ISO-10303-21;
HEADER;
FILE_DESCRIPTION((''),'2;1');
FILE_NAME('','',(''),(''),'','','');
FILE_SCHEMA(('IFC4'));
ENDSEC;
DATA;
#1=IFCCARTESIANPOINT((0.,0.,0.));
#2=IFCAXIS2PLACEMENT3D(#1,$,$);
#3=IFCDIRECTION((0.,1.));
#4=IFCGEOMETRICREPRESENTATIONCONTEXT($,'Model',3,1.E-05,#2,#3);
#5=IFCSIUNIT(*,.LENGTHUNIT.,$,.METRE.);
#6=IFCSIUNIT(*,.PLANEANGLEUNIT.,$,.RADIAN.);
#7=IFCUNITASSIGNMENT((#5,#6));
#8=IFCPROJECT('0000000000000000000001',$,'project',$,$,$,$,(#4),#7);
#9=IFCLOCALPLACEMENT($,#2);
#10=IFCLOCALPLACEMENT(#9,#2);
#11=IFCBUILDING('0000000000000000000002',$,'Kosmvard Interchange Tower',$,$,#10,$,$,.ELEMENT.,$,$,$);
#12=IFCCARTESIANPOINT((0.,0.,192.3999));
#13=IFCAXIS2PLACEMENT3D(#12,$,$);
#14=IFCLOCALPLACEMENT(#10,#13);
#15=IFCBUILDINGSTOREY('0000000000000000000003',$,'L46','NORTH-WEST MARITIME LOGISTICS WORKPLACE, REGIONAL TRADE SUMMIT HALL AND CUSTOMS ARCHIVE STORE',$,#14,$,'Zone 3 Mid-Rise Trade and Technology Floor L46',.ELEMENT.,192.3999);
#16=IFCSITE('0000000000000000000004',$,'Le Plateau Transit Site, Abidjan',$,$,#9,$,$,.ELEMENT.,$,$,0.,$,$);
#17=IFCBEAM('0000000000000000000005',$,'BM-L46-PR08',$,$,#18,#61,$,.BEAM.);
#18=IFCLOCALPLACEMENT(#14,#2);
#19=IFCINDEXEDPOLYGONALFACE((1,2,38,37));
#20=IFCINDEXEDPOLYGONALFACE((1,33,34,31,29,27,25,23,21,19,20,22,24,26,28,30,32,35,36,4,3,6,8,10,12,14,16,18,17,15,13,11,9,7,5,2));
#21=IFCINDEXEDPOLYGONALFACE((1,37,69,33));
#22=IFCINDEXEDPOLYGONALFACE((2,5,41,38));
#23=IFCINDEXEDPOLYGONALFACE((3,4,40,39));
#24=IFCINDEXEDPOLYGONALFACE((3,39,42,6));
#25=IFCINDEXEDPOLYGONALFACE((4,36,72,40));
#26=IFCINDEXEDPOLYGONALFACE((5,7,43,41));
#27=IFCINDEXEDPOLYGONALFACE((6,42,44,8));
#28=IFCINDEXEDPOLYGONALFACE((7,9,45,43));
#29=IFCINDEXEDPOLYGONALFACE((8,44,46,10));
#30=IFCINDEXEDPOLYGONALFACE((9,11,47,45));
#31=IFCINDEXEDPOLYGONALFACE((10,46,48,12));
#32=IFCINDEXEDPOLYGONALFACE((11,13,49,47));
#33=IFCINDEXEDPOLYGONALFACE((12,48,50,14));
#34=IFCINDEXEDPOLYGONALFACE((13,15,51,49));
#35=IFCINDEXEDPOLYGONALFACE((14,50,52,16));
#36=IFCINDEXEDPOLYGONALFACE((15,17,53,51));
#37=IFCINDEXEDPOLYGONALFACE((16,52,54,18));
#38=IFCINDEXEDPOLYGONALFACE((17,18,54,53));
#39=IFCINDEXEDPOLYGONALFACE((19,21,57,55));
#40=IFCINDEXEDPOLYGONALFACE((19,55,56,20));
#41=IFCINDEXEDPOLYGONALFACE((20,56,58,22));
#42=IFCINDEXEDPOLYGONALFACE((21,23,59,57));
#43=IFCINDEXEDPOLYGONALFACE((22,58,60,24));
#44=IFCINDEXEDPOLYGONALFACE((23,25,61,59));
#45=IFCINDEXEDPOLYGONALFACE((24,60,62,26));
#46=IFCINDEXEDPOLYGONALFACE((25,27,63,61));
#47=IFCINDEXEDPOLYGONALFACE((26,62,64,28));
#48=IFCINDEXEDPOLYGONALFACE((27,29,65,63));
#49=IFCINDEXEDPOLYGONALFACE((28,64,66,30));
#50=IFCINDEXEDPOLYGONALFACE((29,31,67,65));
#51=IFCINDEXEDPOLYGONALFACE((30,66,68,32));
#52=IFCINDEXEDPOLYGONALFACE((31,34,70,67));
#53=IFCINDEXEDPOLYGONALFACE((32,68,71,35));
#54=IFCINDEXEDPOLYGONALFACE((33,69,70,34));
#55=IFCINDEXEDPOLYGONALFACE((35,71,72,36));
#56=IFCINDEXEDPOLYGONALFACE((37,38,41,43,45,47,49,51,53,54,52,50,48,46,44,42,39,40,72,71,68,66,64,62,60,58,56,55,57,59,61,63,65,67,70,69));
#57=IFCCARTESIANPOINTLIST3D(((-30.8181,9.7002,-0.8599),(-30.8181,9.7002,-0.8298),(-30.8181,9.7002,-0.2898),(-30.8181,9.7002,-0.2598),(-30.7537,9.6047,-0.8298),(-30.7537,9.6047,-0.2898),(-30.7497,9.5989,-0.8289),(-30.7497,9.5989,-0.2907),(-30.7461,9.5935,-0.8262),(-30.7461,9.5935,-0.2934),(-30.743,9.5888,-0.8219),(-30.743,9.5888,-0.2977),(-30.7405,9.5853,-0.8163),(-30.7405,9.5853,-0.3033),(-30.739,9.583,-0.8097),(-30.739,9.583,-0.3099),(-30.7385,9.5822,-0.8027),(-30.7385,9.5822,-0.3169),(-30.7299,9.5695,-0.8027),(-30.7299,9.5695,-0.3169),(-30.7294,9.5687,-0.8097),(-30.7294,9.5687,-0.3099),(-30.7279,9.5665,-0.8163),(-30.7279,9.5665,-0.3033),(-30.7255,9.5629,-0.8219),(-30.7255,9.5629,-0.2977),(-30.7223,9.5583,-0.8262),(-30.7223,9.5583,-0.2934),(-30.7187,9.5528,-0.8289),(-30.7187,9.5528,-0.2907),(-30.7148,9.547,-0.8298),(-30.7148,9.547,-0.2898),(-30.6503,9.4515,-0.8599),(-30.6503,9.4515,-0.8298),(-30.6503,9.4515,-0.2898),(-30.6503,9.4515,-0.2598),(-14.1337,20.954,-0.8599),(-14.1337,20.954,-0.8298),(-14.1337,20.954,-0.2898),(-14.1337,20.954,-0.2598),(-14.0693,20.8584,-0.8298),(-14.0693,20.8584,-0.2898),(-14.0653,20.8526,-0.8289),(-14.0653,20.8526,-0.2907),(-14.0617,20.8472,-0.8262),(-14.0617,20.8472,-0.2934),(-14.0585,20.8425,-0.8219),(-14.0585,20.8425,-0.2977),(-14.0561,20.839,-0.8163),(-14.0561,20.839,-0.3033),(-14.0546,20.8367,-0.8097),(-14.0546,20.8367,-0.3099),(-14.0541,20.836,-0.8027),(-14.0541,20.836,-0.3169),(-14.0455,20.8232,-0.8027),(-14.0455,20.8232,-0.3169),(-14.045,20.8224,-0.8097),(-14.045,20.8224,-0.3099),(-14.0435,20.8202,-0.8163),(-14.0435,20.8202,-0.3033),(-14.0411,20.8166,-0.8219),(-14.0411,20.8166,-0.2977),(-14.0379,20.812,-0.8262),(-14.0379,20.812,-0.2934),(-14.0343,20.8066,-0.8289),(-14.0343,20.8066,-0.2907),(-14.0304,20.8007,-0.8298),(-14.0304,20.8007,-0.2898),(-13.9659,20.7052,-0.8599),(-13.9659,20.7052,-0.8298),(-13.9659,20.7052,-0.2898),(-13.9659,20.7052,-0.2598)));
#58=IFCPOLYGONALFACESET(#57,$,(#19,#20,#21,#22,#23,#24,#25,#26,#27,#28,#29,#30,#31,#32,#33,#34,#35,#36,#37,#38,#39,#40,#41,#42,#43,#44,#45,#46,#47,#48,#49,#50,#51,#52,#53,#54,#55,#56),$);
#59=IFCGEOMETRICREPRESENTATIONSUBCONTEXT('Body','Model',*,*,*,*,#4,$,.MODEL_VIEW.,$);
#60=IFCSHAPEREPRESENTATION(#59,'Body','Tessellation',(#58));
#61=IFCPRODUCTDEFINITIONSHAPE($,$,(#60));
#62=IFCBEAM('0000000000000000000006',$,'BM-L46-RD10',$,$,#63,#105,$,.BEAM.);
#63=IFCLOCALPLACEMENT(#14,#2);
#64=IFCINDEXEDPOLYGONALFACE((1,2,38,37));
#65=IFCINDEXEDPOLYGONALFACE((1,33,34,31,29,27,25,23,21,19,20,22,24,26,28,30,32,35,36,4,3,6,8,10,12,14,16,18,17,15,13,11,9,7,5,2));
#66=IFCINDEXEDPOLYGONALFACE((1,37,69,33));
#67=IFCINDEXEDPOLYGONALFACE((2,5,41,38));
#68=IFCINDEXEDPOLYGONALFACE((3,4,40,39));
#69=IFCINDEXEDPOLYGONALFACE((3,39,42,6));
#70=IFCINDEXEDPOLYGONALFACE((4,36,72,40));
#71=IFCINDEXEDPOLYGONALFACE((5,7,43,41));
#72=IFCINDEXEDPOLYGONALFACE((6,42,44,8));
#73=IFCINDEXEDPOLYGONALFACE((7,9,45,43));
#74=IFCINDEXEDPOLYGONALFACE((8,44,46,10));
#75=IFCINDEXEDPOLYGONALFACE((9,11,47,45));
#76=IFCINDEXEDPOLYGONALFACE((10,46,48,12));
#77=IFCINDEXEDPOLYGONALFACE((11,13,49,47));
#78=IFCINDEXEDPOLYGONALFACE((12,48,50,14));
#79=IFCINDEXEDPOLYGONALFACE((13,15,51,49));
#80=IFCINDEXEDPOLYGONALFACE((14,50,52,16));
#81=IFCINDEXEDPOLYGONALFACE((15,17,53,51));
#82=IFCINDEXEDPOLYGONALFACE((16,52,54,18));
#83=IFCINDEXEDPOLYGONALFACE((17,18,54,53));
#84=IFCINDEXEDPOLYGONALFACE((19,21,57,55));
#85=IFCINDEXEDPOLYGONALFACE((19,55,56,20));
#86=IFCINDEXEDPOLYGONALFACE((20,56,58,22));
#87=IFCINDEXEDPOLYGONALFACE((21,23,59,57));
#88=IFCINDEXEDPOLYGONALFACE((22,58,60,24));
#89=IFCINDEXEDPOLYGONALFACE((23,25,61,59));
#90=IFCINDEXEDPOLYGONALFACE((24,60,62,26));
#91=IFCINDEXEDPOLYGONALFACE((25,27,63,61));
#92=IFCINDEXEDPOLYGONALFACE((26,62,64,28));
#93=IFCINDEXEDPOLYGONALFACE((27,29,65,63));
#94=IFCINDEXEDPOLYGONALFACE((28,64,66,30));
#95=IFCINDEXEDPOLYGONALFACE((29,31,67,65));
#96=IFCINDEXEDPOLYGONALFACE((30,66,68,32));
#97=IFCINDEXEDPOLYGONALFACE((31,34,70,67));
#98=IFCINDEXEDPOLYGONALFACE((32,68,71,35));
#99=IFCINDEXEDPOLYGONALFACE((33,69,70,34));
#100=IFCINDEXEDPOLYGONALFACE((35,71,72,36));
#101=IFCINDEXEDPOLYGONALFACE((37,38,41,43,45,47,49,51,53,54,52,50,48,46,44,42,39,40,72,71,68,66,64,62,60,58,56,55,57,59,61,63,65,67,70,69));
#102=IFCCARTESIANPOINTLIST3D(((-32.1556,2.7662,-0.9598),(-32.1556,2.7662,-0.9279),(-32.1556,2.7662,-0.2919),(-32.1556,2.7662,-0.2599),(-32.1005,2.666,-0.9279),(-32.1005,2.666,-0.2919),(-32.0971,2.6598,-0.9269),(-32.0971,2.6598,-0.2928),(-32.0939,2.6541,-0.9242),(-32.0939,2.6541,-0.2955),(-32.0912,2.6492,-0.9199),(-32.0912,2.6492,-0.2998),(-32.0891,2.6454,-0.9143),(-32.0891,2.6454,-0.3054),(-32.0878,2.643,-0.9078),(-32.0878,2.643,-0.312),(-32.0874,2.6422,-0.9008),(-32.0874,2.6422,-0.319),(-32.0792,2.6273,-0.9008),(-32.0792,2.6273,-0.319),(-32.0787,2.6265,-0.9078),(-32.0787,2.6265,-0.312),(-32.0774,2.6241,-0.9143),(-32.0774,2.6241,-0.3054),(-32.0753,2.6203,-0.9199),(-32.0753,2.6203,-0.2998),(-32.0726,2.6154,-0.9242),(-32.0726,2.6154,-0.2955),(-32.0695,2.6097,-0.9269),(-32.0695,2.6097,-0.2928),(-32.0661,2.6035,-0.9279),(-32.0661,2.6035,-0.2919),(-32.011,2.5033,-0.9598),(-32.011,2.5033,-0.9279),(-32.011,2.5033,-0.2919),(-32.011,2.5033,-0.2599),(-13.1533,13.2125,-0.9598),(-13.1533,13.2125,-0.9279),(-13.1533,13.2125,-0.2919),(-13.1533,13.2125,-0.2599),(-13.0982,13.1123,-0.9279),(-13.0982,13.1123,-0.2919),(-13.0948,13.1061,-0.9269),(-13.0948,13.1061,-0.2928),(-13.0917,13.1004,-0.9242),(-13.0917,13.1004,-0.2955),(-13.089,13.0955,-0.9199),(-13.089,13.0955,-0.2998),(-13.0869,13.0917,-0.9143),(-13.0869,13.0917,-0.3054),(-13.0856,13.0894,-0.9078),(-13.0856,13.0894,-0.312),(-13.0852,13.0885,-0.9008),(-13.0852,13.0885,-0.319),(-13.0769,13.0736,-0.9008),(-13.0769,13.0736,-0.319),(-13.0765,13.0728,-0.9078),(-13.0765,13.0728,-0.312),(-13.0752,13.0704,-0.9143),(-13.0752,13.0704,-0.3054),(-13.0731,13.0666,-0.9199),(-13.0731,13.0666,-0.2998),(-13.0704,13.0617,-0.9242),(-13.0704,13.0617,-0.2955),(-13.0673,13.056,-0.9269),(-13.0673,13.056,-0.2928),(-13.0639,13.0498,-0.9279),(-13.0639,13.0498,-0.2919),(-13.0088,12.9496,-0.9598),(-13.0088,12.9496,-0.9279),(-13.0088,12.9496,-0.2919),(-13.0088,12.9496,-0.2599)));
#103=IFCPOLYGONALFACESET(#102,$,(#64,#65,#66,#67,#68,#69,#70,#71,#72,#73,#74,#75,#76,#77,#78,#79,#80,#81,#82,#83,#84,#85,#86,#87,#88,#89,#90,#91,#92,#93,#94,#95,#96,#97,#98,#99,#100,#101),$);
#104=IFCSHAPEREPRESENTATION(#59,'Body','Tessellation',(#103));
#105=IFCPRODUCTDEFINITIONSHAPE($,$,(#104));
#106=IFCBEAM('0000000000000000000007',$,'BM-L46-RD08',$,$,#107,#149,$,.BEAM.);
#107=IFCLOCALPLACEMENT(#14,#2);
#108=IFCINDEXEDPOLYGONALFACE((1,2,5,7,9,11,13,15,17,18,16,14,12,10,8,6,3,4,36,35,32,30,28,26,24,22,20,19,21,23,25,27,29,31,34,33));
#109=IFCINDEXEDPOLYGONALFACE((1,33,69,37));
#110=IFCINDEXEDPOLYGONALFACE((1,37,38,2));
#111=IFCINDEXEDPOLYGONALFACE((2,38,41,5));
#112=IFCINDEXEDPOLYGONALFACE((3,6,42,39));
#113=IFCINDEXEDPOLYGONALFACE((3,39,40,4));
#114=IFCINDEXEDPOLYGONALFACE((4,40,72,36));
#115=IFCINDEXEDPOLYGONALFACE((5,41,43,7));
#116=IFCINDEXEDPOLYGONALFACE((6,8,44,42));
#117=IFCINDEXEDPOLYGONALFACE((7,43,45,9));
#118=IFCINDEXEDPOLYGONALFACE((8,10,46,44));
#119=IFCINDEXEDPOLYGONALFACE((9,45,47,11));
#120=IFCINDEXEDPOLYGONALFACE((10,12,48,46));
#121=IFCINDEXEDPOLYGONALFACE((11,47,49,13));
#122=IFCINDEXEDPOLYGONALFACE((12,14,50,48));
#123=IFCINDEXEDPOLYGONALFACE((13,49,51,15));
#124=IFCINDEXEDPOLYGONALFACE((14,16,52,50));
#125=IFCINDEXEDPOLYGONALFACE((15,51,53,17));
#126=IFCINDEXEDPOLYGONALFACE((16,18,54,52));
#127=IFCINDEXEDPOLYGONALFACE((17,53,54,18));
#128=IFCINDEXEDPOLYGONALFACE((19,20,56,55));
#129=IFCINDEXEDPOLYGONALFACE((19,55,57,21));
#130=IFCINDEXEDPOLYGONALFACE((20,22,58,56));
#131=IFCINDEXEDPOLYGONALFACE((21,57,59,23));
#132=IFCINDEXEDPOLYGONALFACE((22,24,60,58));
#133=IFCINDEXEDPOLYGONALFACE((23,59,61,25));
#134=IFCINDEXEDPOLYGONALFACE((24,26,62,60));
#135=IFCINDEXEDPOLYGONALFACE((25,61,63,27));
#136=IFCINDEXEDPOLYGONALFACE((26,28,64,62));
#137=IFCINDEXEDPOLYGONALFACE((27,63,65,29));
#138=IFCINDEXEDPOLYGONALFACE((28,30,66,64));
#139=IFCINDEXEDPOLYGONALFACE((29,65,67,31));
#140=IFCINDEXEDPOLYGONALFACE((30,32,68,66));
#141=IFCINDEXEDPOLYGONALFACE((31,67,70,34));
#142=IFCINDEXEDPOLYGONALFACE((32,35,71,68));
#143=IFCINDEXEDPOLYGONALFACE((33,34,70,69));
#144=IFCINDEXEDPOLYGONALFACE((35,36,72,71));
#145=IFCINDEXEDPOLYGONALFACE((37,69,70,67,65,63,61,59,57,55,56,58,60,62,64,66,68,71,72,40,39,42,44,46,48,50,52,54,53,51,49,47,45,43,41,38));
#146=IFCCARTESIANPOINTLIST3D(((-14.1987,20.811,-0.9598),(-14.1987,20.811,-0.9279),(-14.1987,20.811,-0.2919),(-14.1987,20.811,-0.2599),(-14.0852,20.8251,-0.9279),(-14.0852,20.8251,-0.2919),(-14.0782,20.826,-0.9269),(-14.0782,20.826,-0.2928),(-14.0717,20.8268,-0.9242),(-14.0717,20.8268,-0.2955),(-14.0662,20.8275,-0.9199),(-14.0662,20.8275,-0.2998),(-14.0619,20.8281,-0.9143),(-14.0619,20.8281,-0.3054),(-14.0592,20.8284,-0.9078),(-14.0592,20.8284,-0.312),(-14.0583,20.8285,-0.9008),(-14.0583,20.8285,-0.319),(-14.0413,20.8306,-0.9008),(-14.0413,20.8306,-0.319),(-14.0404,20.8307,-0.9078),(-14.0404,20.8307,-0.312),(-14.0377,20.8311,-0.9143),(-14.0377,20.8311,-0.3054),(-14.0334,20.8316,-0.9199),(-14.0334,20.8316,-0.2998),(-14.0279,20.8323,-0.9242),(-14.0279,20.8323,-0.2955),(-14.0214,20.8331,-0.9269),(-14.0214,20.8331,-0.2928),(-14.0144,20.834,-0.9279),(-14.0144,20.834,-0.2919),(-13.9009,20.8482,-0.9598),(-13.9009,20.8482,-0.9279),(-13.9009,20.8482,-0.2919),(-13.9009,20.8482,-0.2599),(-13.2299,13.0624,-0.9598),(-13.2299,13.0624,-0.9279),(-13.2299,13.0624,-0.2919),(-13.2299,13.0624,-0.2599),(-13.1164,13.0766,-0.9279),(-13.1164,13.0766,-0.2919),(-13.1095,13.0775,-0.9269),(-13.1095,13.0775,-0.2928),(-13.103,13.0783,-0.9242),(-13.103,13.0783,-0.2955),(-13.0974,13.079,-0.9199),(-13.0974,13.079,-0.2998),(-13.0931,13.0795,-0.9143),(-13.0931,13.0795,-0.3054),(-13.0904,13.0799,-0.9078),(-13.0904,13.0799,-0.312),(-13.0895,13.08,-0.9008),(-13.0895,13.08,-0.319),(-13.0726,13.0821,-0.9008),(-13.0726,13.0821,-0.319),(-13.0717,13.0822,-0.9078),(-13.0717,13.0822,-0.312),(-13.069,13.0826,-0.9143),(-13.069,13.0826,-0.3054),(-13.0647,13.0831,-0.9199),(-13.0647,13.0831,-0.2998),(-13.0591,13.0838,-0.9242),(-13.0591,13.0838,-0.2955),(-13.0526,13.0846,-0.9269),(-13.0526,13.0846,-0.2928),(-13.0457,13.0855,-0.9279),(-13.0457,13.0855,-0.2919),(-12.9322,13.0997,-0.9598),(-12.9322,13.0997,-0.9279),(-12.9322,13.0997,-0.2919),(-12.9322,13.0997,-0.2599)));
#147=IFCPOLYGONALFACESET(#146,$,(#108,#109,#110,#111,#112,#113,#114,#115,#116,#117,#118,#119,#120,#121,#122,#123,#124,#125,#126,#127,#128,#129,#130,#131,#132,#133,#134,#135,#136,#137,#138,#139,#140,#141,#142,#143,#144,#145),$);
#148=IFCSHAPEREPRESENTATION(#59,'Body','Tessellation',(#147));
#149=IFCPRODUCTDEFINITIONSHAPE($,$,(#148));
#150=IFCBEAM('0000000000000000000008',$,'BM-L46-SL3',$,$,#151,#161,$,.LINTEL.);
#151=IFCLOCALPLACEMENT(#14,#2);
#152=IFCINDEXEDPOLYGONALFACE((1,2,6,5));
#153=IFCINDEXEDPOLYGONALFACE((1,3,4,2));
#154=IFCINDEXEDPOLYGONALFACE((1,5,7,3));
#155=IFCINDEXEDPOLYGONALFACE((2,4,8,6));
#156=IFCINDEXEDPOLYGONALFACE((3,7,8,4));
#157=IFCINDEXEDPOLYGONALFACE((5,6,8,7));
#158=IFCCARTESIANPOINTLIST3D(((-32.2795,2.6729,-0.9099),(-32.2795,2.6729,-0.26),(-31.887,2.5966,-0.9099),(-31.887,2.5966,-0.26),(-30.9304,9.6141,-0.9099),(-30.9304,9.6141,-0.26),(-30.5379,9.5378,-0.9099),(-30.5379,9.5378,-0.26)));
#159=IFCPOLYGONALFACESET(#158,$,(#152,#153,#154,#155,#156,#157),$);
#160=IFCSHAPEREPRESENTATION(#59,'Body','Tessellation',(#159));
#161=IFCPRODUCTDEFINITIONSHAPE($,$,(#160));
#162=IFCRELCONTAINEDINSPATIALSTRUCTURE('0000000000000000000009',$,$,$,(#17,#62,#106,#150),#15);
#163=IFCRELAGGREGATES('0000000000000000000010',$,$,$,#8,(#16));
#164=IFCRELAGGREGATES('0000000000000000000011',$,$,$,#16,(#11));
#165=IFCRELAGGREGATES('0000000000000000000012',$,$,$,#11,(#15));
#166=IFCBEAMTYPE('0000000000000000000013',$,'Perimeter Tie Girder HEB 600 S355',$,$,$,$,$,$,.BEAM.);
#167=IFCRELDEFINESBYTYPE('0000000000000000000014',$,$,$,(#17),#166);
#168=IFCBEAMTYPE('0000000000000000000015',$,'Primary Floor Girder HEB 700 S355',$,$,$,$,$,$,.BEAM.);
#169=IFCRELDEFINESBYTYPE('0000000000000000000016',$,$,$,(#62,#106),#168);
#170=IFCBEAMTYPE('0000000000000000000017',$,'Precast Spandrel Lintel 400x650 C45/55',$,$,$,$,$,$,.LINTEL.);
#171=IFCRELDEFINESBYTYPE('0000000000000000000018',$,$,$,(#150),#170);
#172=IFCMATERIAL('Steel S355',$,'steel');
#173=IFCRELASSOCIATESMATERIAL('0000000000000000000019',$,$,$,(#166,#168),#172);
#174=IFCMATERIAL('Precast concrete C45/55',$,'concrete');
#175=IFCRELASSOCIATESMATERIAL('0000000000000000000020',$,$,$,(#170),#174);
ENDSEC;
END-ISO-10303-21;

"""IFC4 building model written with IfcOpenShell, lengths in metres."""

from ifc_helpers import new_model, si_unit, direction, frame, origin, origin_2d, place, context, subcontext, project, spatial, rectangle, i_section, extrude, source, transform, mapped, material, material_profile, profile_set, type_object, element, save


model = new_model("IFC4")

# Units and contexts
model_context = context("Model", 3, precision=1e-05, world=origin(), true_north=direction((0.0, 1.0)))
body_context = subcontext(model_context, "Body", "Model", "MODEL_VIEW")
ifc_project = project(units=[si_unit("LENGTHUNIT", "METRE"), si_unit("PLANEANGLEUNIT", "RADIAN")], contexts=[model_context])

# Site, building, storey
site_placement = place(None, origin())
site = spatial("IfcSite", under=ifc_project, at=site_placement, Name="Le Plateau Transit Site, Abidjan", CompositionType="ELEMENT", RefElevation=0.0)
building_placement = place(site_placement, origin())
building = spatial("IfcBuilding", under=site, at=building_placement, Name="Kosmvard Interchange Tower", CompositionType="ELEMENT")
storey_placement = place(building_placement, frame((0.0, 0.0, 192.3999)))
storey = spatial("IfcBuildingStorey", under=building, at=storey_placement, Name="L46", Description="NORTH-WEST MARITIME LOGISTICS WORKPLACE, REGIONAL TRADE SUMMIT HALL AND CUSTOMS ARCHIVE STORE", LongName="Zone 3 Mid-Rise Trade and Technology Floor L46", CompositionType="ELEMENT", Elevation=192.3999)

# Beams
ifc_material_1 = material(Name="Steel S355", Category="steel")
ifc_material_profile_1 = material_profile(ifc_material_1, i_section(OverallWidth=0.3, OverallDepth=0.6001, WebThickness=0.0154, FlangeThickness=0.03, FilletRadius=0.0271, at=origin_2d()), Name="HEB 600")
ifc_profile_set_1 = profile_set([ifc_material_profile_1], Name="Steel S355")
beam_type_1 = type_object("IfcBeamType", Name="Perimeter Tie Girder HEB 600 S355", PredefinedType="BEAM", material=ifc_profile_set_1)
shared_shape_1 = source(origin(), body_context, "Body", "SweptSolid", [
    extrude(i_section(OverallWidth=0.3, OverallDepth=0.6001, WebThickness=0.0154, FlangeThickness=0.03, FilletRadius=0.0271, at=origin_2d()), origin(), (0.0, 0.0, 1.0), 20.125),
])
beam_1_placement = place(storey_placement, frame((-14.0498, 20.8296, -0.5598), z_axis=(-0.829039, -0.559191, 0.0), x_axis=(0.559191, -0.829039, 0.0)))
element("IfcBeam", 1, at=beam_1_placement, inside=storey, type_object=beam_type_1, Name="BM-L46-PR08", PredefinedType="BEAM", context=body_context, shape_type="MappedRepresentation", body=[
    mapped(shared_shape_1, transform((0.0, 0.0, 0.0), scale=1.0)),
])
ifc_material_profile_2 = material_profile(ifc_material_1, i_section(OverallWidth=0.3, OverallDepth=0.7, WebThickness=0.0171, FlangeThickness=0.032, FilletRadius=0.0271, at=origin_2d()), Name="HEB 700")
ifc_profile_set_2 = profile_set([ifc_material_profile_2], Name="Steel S355")
beam_type_2 = type_object("IfcBeamType", Name="Primary Floor Girder HEB 700 S355", PredefinedType="BEAM", material=ifc_profile_set_2)
shared_shape_2 = source(origin(), body_context, "Body", "SweptSolid", [
    extrude(i_section(OverallWidth=0.3, OverallDepth=0.7, WebThickness=0.0171, FlangeThickness=0.032, FilletRadius=0.0271, at=origin_2d()), origin(), (0.0, 0.0, 1.0), 21.6843),
])
beam_2_placement = place(storey_placement, frame((-13.0811, 13.0811, -0.6099), z_axis=(-0.876312, -0.481745, 0.0), x_axis=(0.481745, -0.876312, 0.0)))
element("IfcBeam", 2, at=beam_2_placement, inside=storey, type_object=beam_type_2, Name="BM-L46-RD10", PredefinedType="BEAM", context=body_context, shape_type="MappedRepresentation", body=[
    mapped(shared_shape_2, transform((0.0, 0.0, 0.0), scale=1.0)),
])
shared_shape_3 = source(origin(), body_context, "Body", "SweptSolid", [
    extrude(i_section(OverallWidth=0.3, OverallDepth=0.7, WebThickness=0.0171, FlangeThickness=0.032, FilletRadius=0.0271, at=origin_2d()), origin(), (0.0, 0.0, 1.0), 7.8088),
])
beam_3_placement = place(storey_placement, frame((-13.0811, 13.0811, -0.6099), z_axis=(-0.124058, 0.992275, 0.0), x_axis=(-0.992275, -0.124058, 0.0)))
element("IfcBeam", 3, at=beam_3_placement, inside=storey, type_object=beam_type_2, Name="BM-L46-RD08", PredefinedType="BEAM", context=body_context, shape_type="MappedRepresentation", body=[
    mapped(shared_shape_3, transform((0.0, 0.0, 0.0), scale=1.0)),
])
ifc_material_2 = material(Name="Precast concrete C45/55", Category="concrete")
ifc_material_profile_3 = material_profile(ifc_material_2, rectangle(XDim=0.3999, YDim=0.6499, at=origin_2d()), Name="SL 400x650")
ifc_profile_set_3 = profile_set([ifc_material_profile_3], Name="Precast concrete C45/55")
beam_type_3 = type_object("IfcBeamType", Name="Precast Spandrel Lintel 400x650 C45/55", PredefinedType="LINTEL", material=ifc_profile_set_3)
shared_shape_4 = source(origin(), body_context, "Body", "SweptSolid", [
    extrude(rectangle(XDim=0.3999, YDim=0.6499, at=origin_2d()), origin(), (0.0, 0.0, 1.0), 7.071),
])
beam_4_placement = place(storey_placement, frame((-30.7341, 9.5759, -0.585), z_axis=(-0.190795, -0.98163, 0.0), x_axis=(0.98163, -0.190795, 0.0)))
element("IfcBeam", 4, at=beam_4_placement, inside=storey, type_object=beam_type_3, Name="BM-L46-SL3", PredefinedType="LINTEL", context=body_context, shape_type="MappedRepresentation", body=[
    mapped(shared_shape_4, transform((0.0, 0.0, 0.0), scale=1.0)),
])

save(model, "model.ifc")
